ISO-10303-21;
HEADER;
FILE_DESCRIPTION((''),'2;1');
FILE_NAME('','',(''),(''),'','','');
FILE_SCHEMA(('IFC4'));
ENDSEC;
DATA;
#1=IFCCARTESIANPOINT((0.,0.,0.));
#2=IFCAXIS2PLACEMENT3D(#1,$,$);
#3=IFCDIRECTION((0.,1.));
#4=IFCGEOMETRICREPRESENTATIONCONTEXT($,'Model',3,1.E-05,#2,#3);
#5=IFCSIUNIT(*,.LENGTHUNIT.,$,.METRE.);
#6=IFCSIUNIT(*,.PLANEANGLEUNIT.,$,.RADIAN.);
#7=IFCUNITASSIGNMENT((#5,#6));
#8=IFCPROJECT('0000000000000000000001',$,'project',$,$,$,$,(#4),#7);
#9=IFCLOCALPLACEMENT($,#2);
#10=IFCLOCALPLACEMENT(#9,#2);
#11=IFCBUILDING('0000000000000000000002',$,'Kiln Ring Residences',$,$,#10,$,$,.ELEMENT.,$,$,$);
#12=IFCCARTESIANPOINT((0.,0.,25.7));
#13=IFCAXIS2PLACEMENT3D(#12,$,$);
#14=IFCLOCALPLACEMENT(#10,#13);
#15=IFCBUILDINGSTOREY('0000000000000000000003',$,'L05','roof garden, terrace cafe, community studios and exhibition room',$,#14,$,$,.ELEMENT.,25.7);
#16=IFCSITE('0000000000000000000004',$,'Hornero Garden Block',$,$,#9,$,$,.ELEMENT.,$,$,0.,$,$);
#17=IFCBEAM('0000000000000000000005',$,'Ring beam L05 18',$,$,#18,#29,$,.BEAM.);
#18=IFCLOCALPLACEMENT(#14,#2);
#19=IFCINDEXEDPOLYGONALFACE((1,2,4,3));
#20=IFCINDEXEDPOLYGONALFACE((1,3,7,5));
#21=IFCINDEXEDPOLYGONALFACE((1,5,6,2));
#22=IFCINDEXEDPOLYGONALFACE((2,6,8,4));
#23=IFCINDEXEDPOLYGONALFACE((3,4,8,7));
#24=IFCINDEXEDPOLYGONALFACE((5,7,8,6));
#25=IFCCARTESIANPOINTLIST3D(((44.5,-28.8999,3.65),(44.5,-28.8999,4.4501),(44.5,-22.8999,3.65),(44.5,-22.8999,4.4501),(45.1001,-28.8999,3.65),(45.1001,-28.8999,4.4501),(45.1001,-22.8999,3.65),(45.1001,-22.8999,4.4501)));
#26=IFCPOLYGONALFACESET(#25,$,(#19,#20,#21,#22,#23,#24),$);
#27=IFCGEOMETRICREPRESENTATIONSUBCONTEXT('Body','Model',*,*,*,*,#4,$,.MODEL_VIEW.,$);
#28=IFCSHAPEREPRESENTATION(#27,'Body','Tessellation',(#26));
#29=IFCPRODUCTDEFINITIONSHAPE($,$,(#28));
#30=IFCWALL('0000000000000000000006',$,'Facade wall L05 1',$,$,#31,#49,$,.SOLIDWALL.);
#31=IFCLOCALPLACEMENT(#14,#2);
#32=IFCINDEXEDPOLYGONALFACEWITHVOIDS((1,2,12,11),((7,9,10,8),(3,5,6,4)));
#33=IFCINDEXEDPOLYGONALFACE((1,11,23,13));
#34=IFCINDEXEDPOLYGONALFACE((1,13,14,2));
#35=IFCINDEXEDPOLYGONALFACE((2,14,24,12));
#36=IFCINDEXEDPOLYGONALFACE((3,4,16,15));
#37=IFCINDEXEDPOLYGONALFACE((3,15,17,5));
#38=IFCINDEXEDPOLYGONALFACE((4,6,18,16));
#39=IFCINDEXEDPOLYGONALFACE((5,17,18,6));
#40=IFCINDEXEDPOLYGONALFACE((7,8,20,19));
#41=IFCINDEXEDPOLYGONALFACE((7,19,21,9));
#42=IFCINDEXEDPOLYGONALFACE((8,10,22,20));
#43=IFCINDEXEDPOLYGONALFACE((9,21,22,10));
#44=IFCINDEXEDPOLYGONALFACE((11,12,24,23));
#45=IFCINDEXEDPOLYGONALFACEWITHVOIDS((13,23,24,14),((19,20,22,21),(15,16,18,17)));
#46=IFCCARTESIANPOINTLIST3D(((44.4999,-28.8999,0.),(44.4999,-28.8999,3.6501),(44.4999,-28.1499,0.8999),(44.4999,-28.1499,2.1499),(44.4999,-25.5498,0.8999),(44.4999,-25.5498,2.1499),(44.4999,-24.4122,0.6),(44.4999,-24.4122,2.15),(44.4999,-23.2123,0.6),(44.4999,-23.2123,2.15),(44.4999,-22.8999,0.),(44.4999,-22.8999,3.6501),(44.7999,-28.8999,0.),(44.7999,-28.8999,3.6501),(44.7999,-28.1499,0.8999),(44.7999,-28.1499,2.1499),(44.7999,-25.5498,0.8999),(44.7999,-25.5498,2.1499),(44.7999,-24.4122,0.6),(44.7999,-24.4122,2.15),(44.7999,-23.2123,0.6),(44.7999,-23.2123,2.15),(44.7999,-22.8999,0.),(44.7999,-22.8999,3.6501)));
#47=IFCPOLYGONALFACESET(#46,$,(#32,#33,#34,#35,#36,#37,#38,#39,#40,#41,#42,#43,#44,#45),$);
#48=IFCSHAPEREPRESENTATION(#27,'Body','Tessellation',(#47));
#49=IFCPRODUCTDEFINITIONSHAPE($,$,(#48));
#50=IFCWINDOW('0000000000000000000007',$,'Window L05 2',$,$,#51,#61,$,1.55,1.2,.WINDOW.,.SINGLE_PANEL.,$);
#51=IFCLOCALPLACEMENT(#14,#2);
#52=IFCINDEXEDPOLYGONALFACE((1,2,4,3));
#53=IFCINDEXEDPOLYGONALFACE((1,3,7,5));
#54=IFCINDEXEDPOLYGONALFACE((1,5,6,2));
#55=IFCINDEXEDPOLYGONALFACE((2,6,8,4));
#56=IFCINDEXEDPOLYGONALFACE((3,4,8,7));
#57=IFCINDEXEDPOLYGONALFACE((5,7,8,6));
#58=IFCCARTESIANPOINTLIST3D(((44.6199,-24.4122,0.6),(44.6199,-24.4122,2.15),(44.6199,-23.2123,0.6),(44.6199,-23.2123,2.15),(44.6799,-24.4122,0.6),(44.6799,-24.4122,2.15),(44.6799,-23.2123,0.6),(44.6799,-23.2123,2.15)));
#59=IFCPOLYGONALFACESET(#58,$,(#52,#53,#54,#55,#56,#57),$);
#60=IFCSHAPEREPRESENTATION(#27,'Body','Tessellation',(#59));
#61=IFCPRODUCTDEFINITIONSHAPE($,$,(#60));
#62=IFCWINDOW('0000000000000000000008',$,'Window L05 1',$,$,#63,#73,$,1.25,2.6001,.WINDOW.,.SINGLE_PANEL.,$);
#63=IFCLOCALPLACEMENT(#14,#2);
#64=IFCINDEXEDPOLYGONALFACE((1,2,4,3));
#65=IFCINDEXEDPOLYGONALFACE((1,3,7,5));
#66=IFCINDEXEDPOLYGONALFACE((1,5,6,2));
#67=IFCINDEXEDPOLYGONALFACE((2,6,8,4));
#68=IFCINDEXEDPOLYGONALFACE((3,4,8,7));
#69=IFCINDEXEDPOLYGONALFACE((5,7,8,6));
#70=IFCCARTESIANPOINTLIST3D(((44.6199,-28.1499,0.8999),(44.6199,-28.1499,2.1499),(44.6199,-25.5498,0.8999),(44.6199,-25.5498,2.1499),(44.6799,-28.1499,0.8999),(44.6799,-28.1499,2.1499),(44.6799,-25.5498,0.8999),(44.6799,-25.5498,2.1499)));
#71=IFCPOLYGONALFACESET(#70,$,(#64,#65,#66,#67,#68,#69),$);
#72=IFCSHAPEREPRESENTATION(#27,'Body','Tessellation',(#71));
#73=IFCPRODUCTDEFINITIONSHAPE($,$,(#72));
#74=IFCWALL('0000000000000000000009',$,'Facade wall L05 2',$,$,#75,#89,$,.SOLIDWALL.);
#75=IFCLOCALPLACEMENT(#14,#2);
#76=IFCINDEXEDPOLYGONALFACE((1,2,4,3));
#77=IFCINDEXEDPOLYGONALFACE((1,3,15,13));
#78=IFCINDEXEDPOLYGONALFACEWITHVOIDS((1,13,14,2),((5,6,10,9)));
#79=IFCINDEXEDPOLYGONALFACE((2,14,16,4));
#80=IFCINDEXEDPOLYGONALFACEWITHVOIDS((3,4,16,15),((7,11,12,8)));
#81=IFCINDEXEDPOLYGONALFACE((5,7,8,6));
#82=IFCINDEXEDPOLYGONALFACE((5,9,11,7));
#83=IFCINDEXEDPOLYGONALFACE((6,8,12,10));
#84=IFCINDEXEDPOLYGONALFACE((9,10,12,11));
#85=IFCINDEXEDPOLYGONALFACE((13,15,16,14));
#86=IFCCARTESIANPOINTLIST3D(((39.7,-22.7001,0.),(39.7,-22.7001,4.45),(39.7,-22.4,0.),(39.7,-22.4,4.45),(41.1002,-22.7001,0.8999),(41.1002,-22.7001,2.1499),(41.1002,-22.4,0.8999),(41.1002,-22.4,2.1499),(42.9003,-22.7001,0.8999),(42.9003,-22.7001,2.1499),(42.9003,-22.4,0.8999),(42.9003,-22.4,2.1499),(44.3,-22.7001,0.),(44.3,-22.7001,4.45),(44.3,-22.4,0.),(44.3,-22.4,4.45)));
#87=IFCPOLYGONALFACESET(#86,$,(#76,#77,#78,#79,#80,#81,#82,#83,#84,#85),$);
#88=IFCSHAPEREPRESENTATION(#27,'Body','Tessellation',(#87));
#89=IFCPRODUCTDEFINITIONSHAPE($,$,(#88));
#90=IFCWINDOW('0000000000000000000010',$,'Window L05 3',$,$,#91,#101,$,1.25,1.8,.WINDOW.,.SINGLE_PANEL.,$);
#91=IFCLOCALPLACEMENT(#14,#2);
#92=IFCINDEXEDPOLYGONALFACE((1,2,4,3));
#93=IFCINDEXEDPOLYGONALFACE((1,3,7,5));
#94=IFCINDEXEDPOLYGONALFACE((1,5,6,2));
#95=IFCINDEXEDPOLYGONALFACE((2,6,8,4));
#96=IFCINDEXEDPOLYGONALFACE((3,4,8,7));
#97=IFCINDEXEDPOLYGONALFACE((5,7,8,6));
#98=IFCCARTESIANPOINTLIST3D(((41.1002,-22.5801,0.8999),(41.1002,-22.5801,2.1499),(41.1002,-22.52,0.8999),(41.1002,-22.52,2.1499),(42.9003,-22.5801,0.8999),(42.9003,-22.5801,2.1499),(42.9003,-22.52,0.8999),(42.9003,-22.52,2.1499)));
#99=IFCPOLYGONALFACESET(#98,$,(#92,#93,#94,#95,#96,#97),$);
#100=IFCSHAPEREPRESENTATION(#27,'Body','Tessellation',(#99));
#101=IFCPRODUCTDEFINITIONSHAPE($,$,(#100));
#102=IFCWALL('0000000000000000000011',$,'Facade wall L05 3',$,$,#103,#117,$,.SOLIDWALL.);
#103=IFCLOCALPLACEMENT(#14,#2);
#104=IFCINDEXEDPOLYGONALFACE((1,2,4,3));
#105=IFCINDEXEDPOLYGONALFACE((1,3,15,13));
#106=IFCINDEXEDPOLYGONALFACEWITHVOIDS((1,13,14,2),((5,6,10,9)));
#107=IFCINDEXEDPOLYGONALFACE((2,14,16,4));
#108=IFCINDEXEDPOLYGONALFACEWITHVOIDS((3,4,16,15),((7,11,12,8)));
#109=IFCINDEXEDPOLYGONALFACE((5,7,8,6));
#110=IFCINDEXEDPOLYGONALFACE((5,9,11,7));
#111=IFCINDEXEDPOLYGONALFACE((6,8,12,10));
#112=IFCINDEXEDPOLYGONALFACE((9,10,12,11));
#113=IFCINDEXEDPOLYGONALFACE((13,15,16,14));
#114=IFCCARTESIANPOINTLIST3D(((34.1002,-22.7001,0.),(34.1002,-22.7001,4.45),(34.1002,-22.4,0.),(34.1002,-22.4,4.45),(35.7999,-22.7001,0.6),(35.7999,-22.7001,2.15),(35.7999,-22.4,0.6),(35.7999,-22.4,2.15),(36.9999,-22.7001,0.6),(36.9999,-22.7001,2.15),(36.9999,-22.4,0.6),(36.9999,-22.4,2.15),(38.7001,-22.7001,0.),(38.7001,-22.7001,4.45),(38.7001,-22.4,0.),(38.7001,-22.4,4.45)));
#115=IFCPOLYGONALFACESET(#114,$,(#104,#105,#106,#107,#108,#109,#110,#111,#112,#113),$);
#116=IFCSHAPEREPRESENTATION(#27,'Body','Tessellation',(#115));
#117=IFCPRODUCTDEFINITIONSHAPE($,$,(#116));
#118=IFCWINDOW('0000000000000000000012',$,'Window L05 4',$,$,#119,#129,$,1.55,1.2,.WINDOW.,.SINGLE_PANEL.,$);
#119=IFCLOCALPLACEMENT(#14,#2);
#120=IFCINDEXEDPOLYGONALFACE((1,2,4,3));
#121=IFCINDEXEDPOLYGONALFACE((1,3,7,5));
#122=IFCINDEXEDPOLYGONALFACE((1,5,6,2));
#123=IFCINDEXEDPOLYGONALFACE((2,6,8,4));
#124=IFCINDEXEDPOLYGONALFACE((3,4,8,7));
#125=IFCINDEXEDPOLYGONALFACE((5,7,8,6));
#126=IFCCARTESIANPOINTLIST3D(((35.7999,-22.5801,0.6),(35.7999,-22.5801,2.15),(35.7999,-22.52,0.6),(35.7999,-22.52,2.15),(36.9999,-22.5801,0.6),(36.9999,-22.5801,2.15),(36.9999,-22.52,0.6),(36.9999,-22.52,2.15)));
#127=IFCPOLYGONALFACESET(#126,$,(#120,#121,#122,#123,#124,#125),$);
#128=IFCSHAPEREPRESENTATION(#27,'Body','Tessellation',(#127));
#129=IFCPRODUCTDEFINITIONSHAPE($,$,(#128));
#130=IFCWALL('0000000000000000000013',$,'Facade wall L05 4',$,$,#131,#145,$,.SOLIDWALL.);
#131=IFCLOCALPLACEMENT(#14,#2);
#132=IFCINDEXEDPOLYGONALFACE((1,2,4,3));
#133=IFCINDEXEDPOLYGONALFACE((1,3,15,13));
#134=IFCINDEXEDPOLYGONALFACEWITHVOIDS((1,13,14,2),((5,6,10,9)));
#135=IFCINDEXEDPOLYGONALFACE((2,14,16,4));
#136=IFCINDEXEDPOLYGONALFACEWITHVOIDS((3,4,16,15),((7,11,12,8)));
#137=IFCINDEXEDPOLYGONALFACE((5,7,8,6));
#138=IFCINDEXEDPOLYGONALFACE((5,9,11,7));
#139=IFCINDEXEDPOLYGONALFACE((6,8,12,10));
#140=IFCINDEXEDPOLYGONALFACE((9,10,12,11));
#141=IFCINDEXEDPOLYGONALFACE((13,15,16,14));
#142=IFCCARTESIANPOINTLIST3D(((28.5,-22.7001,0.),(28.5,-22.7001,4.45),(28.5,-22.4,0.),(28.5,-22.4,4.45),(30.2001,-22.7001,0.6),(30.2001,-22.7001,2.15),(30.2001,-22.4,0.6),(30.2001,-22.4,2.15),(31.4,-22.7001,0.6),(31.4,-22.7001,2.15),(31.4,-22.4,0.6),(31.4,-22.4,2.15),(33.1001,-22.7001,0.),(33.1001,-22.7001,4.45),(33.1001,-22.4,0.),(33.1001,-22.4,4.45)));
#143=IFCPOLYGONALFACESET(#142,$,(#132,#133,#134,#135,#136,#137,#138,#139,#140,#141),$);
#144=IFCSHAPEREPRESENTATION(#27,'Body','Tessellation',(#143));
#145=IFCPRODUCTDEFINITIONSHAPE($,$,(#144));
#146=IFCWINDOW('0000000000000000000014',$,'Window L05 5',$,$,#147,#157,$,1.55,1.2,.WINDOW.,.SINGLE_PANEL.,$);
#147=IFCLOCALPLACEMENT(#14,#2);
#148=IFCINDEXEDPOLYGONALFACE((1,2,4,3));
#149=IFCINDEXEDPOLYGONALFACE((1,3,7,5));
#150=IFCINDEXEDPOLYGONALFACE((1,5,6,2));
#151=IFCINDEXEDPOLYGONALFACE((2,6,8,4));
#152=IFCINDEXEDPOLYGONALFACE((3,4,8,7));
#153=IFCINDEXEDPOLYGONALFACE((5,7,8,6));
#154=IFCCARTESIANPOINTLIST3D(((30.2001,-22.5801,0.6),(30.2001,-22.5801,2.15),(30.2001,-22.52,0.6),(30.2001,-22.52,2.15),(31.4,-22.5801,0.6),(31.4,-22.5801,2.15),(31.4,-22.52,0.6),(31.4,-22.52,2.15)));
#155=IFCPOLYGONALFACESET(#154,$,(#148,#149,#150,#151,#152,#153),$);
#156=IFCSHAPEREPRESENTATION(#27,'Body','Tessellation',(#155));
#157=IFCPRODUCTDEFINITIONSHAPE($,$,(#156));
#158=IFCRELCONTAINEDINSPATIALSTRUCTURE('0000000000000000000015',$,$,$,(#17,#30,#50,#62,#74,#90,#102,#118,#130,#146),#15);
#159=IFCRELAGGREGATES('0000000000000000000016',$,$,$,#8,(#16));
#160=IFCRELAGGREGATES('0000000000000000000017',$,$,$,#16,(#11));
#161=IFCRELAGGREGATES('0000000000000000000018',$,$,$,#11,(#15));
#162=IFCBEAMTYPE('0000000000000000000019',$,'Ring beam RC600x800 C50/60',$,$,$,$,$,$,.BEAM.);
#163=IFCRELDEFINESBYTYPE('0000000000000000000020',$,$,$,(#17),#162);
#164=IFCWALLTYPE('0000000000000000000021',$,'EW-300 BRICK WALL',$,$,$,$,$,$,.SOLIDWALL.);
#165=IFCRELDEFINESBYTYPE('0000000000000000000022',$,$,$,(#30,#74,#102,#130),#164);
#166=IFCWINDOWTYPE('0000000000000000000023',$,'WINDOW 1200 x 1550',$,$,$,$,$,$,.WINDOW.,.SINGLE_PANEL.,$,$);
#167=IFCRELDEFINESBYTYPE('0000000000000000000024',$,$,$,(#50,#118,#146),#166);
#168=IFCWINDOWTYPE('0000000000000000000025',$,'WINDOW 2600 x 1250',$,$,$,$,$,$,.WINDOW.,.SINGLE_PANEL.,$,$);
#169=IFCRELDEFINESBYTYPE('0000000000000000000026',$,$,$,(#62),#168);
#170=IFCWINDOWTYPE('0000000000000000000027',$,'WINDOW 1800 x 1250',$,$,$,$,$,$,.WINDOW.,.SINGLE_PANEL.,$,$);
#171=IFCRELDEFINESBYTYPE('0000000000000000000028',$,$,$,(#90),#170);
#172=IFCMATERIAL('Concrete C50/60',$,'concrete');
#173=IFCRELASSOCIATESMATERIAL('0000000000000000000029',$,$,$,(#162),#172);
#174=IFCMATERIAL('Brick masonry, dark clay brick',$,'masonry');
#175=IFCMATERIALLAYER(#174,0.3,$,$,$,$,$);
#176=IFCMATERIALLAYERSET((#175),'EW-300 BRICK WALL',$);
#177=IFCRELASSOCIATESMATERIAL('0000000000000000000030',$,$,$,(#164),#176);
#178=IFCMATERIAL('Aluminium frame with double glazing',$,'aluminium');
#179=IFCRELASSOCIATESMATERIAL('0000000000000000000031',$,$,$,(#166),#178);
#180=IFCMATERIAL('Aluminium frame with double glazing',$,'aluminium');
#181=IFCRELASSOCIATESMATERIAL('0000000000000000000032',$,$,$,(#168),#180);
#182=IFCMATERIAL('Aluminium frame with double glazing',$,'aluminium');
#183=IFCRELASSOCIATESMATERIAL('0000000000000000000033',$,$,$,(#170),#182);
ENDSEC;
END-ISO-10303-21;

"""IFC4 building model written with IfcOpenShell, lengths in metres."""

from ifc_helpers import new_model, si_unit, direction, frame, frame_2d, origin, origin_2d, place, context, subcontext, project, spatial, rectangle, extrude, material, layer, layer_set, material_profile, profile_set, type_object, element, fill, save


model = new_model("IFC4")

# Units and contexts
model_context = context("Model", 3, precision=1e-05, world=origin(), true_north=direction((0.0, 1.0)))
body_context = subcontext(model_context, "Body", "Model", "MODEL_VIEW")
ifc_project = project(units=[si_unit("LENGTHUNIT", "METRE"), si_unit("PLANEANGLEUNIT", "RADIAN")], contexts=[model_context])

# Site, building, storey
site_placement = place(None, origin())
site = spatial("IfcSite", under=ifc_project, at=site_placement, Name="Hornero Garden Block", CompositionType="ELEMENT", RefElevation=0.0)
building_placement = place(site_placement, origin())
building = spatial("IfcBuilding", under=site, at=building_placement, Name="Kiln Ring Residences", CompositionType="ELEMENT")
storey_placement = place(building_placement, frame((0.0, 0.0, 25.7)))
storey = spatial("IfcBuildingStorey", under=building, at=storey_placement, Name="L05", Description="roof garden, terrace cafe, community studios and exhibition room", CompositionType="ELEMENT", Elevation=25.7)

# Beam
ifc_material_1 = material(Name="Concrete C50/60", Category="concrete")
ifc_material_profile = material_profile(ifc_material_1, rectangle(XDim=0.6001, YDim=0.8, at=origin_2d()), Name="RC600x800")
ifc_profile_set = profile_set([ifc_material_profile], Name="Concrete C50/60")
beam_type = type_object("IfcBeamType", Name="Ring beam RC600x800 C50/60", PredefinedType="BEAM", material=ifc_profile_set)
beam_placement = place(storey_placement, frame((44.8, -22.8999, 4.05), z_axis=(0.0, -1.0, 0.0), x_axis=(1.0, 0.0, 0.0)))
element("IfcBeam", 1, at=beam_placement, inside=storey, type_object=beam_type, Name="Ring beam L05 18", PredefinedType="BEAM", context=body_context, shape_type="SweptSolid", body=[
    extrude(rectangle(XDim=0.6001, YDim=0.8, at=origin_2d()), origin(), (0.0, 0.0, 1.0), 6.0),
])

# Wall, openings, windows
ifc_material_2 = material(Name="Brick masonry, dark clay brick", Category="masonry")
ifc_layer_1 = layer(ifc_material_2, 0.3)
ifc_layer_set_1 = layer_set([ifc_layer_1], Name="EW-300 BRICK WALL")
wall_type_1 = type_object("IfcWallType", Name="EW-300 BRICK WALL", PredefinedType="SOLIDWALL", material=ifc_layer_set_1)
wall_1_placement = place(storey_placement, frame((44.6499, -28.8999, 0.0), z_axis=(0.0, 0.0, 1.0), x_axis=(0.0, 1.0, 0.0)))
wall_1 = element("IfcWall", 2, at=wall_1_placement, inside=storey, type_object=wall_type_1, Name="Facade wall L05 1", PredefinedType="SOLIDWALL", context=body_context, shape_type="SweptSolid", body=[
    extrude(rectangle(XDim=6.0, YDim=0.3, at=frame_2d((3.0, 0.0))), origin(), (0.0, 0.0, 1.0), 3.6501),
])
opening_1_placement = place(wall_1_placement, frame((0.75, 0.0, 0.8999)))
opening_1 = element("IfcOpeningElement", 3, at=opening_1_placement, cuts=wall_1, PredefinedType="OPENING", context=body_context, shape_type="SweptSolid", body=[
    extrude(rectangle(XDim=2.6001, YDim=1.25, at=frame_2d((1.3, 0.625))), frame((0.0, 0.1599, 0.0), z_axis=(0.0, -1.0, 0.0), x_axis=(1.0, 0.0, 0.0)), (0.0, 0.0, 1.0), 0.3201),
])
opening_2_placement = place(wall_1_placement, frame((4.4875, 0.0, 0.6001)))
opening_2 = element("IfcOpeningElement", 4, at=opening_2_placement, cuts=wall_1, PredefinedType="OPENING", context=body_context, shape_type="SweptSolid", body=[
    extrude(rectangle(XDim=1.2, YDim=1.55, at=frame_2d((0.6001, 0.7749))), frame((0.0, 0.1599, 0.0), z_axis=(0.0, -1.0, 0.0), x_axis=(1.0, 0.0, 0.0)), (0.0, 0.0, 1.0), 0.3201),
])
ifc_material_3 = material(Name="Aluminium frame with double glazing", Category="aluminium")
window_type_1 = type_object("IfcWindowType", Name="WINDOW 1200 x 1550", PartitioningType="SINGLE_PANEL", PredefinedType="WINDOW", material=ifc_material_3)
window_1_placement = place(opening_2_placement, origin())
window_1 = element("IfcWindow", 5, at=window_1_placement, inside=storey, type_object=window_type_1, Name="Window L05 2", OverallHeight=1.55, OverallWidth=1.2, PartitioningType="SINGLE_PANEL", PredefinedType="WINDOW", context=body_context, shape_type="SweptSolid", body=[
    extrude(rectangle(XDim=1.2, YDim=1.55, at=frame_2d((0.6001, 0.7749))), frame((0.0, 0.03, 0.0), z_axis=(0.0, -1.0, 0.0), x_axis=(1.0, 0.0, 0.0)), (0.0, 0.0, 1.0), 0.0601),
])
fill(opening_2, window_1)
ifc_material_4 = material(Name="Aluminium frame with double glazing", Category="aluminium")
window_type_2 = type_object("IfcWindowType", Name="WINDOW 2600 x 1250", PartitioningType="SINGLE_PANEL", PredefinedType="WINDOW", material=ifc_material_4)
window_2_placement = place(opening_1_placement, origin())
window_2 = element("IfcWindow", 6, at=window_2_placement, inside=storey, type_object=window_type_2, Name="Window L05 1", OverallHeight=1.25, OverallWidth=2.6001, PartitioningType="SINGLE_PANEL", PredefinedType="WINDOW", context=body_context, shape_type="SweptSolid", body=[
    extrude(rectangle(XDim=2.6001, YDim=1.25, at=frame_2d((1.3, 0.625))), frame((0.0, 0.03, 0.0), z_axis=(0.0, -1.0, 0.0), x_axis=(1.0, 0.0, 0.0)), (0.0, 0.0, 1.0), 0.0601),
])
fill(opening_1, window_2)

# Walls, openings, windows
wall_2_placement = place(storey_placement, frame((44.3, -22.55, 0.0), z_axis=(0.0, 0.0, 1.0), x_axis=(-1.0, 0.0, 0.0)))
wall_2 = element("IfcWall", 7, at=wall_2_placement, inside=storey, type_object=wall_type_1, Name="Facade wall L05 2", PredefinedType="SOLIDWALL", context=body_context, shape_type="SweptSolid", body=[
    extrude(rectangle(XDim=4.6001, YDim=0.3, at=frame_2d((2.3, 0.0))), origin(), (0.0, 0.0, 1.0), 4.45),
])
opening_3_placement = place(wall_2_placement, frame((1.3999, 0.0, 0.8999)))
opening_3 = element("IfcOpeningElement", 8, at=opening_3_placement, cuts=wall_2, PredefinedType="OPENING", context=body_context, shape_type="SweptSolid", body=[
    extrude(rectangle(XDim=1.8, YDim=1.25, at=frame_2d((0.8999, 0.625))), frame((0.0, 0.1599, 0.0), z_axis=(0.0, -1.0, 0.0), x_axis=(1.0, 0.0, 0.0)), (0.0, 0.0, 1.0), 0.3201),
])
ifc_material_5 = material(Name="Aluminium frame with double glazing", Category="aluminium")
window_type_3 = type_object("IfcWindowType", Name="WINDOW 1800 x 1250", PartitioningType="SINGLE_PANEL", PredefinedType="WINDOW", material=ifc_material_5)
window_3_placement = place(opening_3_placement, origin())
window_3 = element("IfcWindow", 9, at=window_3_placement, inside=storey, type_object=window_type_3, Name="Window L05 3", OverallHeight=1.25, OverallWidth=1.8, PartitioningType="SINGLE_PANEL", PredefinedType="WINDOW", context=body_context, shape_type="SweptSolid", body=[
    extrude(rectangle(XDim=1.8, YDim=1.25, at=frame_2d((0.8999, 0.625))), frame((0.0, 0.03, 0.0), z_axis=(0.0, -1.0, 0.0), x_axis=(1.0, 0.0, 0.0)), (0.0, 0.0, 1.0), 0.0601),
])
fill(opening_3, window_3)
wall_3_placement = place(storey_placement, frame((38.7, -22.55, 0.0), z_axis=(0.0, 0.0, 1.0), x_axis=(-1.0, 0.0, 0.0)))
wall_3 = element("IfcWall", 10, at=wall_3_placement, inside=storey, type_object=wall_type_1, Name="Facade wall L05 3", PredefinedType="SOLIDWALL", context=body_context, shape_type="SweptSolid", body=[
    extrude(rectangle(XDim=4.5999, YDim=0.3, at=frame_2d((2.2998, 0.0))), origin(), (0.0, 0.0, 1.0), 4.45),
])
opening_4_placement = place(wall_3_placement, frame((1.7, 0.0, 0.6001)))
opening_4 = element("IfcOpeningElement", 11, at=opening_4_placement, cuts=wall_3, PredefinedType="OPENING", context=body_context, shape_type="SweptSolid", body=[
    extrude(rectangle(XDim=1.2, YDim=1.55, at=frame_2d((0.6001, 0.7749))), frame((0.0, 0.1599, 0.0), z_axis=(0.0, -1.0, 0.0), x_axis=(1.0, 0.0, 0.0)), (0.0, 0.0, 1.0), 0.3201),
])
window_4_placement = place(opening_4_placement, origin())
window_4 = element("IfcWindow", 12, at=window_4_placement, inside=storey, type_object=window_type_1, Name="Window L05 4", OverallHeight=1.55, OverallWidth=1.2, PartitioningType="SINGLE_PANEL", PredefinedType="WINDOW", context=body_context, shape_type="SweptSolid", body=[
    extrude(rectangle(XDim=1.2, YDim=1.55, at=frame_2d((0.6001, 0.7749))), frame((0.0, 0.03, 0.0), z_axis=(0.0, -1.0, 0.0), x_axis=(1.0, 0.0, 0.0)), (0.0, 0.0, 1.0), 0.0601),
])
fill(opening_4, window_4)
wall_4_placement = place(storey_placement, frame((33.1001, -22.55, 0.0), z_axis=(0.0, 0.0, 1.0), x_axis=(-1.0, 0.0, 0.0)))
wall_4 = element("IfcWall", 13, at=wall_4_placement, inside=storey, type_object=wall_type_1, Name="Facade wall L05 4", PredefinedType="SOLIDWALL", context=body_context, shape_type="SweptSolid", body=[
    extrude(rectangle(XDim=4.6001, YDim=0.3, at=frame_2d((2.3, 0.0))), origin(), (0.0, 0.0, 1.0), 4.45),
])
opening_5_placement = place(wall_4_placement, frame((1.7, 0.0, 0.6001)))
opening_5 = element("IfcOpeningElement", 14, at=opening_5_placement, cuts=wall_4, PredefinedType="OPENING", context=body_context, shape_type="SweptSolid", body=[
    extrude(rectangle(XDim=1.2, YDim=1.55, at=frame_2d((0.6001, 0.7749))), frame((0.0, 0.1599, 0.0), z_axis=(0.0, -1.0, 0.0), x_axis=(1.0, 0.0, 0.0)), (0.0, 0.0, 1.0), 0.3201),
])
window_5_placement = place(opening_5_placement, origin())
window_5 = element("IfcWindow", 15, at=window_5_placement, inside=storey, type_object=window_type_1, Name="Window L05 5", OverallHeight=1.55, OverallWidth=1.2, PartitioningType="SINGLE_PANEL", PredefinedType="WINDOW", context=body_context, shape_type="SweptSolid", body=[
    extrude(rectangle(XDim=1.2, YDim=1.55, at=frame_2d((0.6001, 0.7749))), frame((0.0, 0.03, 0.0), z_axis=(0.0, -1.0, 0.0), x_axis=(1.0, 0.0, 0.0)), (0.0, 0.0, 1.0), 0.0601),
])
fill(opening_5, window_5)

save(model, "model.ifc")
